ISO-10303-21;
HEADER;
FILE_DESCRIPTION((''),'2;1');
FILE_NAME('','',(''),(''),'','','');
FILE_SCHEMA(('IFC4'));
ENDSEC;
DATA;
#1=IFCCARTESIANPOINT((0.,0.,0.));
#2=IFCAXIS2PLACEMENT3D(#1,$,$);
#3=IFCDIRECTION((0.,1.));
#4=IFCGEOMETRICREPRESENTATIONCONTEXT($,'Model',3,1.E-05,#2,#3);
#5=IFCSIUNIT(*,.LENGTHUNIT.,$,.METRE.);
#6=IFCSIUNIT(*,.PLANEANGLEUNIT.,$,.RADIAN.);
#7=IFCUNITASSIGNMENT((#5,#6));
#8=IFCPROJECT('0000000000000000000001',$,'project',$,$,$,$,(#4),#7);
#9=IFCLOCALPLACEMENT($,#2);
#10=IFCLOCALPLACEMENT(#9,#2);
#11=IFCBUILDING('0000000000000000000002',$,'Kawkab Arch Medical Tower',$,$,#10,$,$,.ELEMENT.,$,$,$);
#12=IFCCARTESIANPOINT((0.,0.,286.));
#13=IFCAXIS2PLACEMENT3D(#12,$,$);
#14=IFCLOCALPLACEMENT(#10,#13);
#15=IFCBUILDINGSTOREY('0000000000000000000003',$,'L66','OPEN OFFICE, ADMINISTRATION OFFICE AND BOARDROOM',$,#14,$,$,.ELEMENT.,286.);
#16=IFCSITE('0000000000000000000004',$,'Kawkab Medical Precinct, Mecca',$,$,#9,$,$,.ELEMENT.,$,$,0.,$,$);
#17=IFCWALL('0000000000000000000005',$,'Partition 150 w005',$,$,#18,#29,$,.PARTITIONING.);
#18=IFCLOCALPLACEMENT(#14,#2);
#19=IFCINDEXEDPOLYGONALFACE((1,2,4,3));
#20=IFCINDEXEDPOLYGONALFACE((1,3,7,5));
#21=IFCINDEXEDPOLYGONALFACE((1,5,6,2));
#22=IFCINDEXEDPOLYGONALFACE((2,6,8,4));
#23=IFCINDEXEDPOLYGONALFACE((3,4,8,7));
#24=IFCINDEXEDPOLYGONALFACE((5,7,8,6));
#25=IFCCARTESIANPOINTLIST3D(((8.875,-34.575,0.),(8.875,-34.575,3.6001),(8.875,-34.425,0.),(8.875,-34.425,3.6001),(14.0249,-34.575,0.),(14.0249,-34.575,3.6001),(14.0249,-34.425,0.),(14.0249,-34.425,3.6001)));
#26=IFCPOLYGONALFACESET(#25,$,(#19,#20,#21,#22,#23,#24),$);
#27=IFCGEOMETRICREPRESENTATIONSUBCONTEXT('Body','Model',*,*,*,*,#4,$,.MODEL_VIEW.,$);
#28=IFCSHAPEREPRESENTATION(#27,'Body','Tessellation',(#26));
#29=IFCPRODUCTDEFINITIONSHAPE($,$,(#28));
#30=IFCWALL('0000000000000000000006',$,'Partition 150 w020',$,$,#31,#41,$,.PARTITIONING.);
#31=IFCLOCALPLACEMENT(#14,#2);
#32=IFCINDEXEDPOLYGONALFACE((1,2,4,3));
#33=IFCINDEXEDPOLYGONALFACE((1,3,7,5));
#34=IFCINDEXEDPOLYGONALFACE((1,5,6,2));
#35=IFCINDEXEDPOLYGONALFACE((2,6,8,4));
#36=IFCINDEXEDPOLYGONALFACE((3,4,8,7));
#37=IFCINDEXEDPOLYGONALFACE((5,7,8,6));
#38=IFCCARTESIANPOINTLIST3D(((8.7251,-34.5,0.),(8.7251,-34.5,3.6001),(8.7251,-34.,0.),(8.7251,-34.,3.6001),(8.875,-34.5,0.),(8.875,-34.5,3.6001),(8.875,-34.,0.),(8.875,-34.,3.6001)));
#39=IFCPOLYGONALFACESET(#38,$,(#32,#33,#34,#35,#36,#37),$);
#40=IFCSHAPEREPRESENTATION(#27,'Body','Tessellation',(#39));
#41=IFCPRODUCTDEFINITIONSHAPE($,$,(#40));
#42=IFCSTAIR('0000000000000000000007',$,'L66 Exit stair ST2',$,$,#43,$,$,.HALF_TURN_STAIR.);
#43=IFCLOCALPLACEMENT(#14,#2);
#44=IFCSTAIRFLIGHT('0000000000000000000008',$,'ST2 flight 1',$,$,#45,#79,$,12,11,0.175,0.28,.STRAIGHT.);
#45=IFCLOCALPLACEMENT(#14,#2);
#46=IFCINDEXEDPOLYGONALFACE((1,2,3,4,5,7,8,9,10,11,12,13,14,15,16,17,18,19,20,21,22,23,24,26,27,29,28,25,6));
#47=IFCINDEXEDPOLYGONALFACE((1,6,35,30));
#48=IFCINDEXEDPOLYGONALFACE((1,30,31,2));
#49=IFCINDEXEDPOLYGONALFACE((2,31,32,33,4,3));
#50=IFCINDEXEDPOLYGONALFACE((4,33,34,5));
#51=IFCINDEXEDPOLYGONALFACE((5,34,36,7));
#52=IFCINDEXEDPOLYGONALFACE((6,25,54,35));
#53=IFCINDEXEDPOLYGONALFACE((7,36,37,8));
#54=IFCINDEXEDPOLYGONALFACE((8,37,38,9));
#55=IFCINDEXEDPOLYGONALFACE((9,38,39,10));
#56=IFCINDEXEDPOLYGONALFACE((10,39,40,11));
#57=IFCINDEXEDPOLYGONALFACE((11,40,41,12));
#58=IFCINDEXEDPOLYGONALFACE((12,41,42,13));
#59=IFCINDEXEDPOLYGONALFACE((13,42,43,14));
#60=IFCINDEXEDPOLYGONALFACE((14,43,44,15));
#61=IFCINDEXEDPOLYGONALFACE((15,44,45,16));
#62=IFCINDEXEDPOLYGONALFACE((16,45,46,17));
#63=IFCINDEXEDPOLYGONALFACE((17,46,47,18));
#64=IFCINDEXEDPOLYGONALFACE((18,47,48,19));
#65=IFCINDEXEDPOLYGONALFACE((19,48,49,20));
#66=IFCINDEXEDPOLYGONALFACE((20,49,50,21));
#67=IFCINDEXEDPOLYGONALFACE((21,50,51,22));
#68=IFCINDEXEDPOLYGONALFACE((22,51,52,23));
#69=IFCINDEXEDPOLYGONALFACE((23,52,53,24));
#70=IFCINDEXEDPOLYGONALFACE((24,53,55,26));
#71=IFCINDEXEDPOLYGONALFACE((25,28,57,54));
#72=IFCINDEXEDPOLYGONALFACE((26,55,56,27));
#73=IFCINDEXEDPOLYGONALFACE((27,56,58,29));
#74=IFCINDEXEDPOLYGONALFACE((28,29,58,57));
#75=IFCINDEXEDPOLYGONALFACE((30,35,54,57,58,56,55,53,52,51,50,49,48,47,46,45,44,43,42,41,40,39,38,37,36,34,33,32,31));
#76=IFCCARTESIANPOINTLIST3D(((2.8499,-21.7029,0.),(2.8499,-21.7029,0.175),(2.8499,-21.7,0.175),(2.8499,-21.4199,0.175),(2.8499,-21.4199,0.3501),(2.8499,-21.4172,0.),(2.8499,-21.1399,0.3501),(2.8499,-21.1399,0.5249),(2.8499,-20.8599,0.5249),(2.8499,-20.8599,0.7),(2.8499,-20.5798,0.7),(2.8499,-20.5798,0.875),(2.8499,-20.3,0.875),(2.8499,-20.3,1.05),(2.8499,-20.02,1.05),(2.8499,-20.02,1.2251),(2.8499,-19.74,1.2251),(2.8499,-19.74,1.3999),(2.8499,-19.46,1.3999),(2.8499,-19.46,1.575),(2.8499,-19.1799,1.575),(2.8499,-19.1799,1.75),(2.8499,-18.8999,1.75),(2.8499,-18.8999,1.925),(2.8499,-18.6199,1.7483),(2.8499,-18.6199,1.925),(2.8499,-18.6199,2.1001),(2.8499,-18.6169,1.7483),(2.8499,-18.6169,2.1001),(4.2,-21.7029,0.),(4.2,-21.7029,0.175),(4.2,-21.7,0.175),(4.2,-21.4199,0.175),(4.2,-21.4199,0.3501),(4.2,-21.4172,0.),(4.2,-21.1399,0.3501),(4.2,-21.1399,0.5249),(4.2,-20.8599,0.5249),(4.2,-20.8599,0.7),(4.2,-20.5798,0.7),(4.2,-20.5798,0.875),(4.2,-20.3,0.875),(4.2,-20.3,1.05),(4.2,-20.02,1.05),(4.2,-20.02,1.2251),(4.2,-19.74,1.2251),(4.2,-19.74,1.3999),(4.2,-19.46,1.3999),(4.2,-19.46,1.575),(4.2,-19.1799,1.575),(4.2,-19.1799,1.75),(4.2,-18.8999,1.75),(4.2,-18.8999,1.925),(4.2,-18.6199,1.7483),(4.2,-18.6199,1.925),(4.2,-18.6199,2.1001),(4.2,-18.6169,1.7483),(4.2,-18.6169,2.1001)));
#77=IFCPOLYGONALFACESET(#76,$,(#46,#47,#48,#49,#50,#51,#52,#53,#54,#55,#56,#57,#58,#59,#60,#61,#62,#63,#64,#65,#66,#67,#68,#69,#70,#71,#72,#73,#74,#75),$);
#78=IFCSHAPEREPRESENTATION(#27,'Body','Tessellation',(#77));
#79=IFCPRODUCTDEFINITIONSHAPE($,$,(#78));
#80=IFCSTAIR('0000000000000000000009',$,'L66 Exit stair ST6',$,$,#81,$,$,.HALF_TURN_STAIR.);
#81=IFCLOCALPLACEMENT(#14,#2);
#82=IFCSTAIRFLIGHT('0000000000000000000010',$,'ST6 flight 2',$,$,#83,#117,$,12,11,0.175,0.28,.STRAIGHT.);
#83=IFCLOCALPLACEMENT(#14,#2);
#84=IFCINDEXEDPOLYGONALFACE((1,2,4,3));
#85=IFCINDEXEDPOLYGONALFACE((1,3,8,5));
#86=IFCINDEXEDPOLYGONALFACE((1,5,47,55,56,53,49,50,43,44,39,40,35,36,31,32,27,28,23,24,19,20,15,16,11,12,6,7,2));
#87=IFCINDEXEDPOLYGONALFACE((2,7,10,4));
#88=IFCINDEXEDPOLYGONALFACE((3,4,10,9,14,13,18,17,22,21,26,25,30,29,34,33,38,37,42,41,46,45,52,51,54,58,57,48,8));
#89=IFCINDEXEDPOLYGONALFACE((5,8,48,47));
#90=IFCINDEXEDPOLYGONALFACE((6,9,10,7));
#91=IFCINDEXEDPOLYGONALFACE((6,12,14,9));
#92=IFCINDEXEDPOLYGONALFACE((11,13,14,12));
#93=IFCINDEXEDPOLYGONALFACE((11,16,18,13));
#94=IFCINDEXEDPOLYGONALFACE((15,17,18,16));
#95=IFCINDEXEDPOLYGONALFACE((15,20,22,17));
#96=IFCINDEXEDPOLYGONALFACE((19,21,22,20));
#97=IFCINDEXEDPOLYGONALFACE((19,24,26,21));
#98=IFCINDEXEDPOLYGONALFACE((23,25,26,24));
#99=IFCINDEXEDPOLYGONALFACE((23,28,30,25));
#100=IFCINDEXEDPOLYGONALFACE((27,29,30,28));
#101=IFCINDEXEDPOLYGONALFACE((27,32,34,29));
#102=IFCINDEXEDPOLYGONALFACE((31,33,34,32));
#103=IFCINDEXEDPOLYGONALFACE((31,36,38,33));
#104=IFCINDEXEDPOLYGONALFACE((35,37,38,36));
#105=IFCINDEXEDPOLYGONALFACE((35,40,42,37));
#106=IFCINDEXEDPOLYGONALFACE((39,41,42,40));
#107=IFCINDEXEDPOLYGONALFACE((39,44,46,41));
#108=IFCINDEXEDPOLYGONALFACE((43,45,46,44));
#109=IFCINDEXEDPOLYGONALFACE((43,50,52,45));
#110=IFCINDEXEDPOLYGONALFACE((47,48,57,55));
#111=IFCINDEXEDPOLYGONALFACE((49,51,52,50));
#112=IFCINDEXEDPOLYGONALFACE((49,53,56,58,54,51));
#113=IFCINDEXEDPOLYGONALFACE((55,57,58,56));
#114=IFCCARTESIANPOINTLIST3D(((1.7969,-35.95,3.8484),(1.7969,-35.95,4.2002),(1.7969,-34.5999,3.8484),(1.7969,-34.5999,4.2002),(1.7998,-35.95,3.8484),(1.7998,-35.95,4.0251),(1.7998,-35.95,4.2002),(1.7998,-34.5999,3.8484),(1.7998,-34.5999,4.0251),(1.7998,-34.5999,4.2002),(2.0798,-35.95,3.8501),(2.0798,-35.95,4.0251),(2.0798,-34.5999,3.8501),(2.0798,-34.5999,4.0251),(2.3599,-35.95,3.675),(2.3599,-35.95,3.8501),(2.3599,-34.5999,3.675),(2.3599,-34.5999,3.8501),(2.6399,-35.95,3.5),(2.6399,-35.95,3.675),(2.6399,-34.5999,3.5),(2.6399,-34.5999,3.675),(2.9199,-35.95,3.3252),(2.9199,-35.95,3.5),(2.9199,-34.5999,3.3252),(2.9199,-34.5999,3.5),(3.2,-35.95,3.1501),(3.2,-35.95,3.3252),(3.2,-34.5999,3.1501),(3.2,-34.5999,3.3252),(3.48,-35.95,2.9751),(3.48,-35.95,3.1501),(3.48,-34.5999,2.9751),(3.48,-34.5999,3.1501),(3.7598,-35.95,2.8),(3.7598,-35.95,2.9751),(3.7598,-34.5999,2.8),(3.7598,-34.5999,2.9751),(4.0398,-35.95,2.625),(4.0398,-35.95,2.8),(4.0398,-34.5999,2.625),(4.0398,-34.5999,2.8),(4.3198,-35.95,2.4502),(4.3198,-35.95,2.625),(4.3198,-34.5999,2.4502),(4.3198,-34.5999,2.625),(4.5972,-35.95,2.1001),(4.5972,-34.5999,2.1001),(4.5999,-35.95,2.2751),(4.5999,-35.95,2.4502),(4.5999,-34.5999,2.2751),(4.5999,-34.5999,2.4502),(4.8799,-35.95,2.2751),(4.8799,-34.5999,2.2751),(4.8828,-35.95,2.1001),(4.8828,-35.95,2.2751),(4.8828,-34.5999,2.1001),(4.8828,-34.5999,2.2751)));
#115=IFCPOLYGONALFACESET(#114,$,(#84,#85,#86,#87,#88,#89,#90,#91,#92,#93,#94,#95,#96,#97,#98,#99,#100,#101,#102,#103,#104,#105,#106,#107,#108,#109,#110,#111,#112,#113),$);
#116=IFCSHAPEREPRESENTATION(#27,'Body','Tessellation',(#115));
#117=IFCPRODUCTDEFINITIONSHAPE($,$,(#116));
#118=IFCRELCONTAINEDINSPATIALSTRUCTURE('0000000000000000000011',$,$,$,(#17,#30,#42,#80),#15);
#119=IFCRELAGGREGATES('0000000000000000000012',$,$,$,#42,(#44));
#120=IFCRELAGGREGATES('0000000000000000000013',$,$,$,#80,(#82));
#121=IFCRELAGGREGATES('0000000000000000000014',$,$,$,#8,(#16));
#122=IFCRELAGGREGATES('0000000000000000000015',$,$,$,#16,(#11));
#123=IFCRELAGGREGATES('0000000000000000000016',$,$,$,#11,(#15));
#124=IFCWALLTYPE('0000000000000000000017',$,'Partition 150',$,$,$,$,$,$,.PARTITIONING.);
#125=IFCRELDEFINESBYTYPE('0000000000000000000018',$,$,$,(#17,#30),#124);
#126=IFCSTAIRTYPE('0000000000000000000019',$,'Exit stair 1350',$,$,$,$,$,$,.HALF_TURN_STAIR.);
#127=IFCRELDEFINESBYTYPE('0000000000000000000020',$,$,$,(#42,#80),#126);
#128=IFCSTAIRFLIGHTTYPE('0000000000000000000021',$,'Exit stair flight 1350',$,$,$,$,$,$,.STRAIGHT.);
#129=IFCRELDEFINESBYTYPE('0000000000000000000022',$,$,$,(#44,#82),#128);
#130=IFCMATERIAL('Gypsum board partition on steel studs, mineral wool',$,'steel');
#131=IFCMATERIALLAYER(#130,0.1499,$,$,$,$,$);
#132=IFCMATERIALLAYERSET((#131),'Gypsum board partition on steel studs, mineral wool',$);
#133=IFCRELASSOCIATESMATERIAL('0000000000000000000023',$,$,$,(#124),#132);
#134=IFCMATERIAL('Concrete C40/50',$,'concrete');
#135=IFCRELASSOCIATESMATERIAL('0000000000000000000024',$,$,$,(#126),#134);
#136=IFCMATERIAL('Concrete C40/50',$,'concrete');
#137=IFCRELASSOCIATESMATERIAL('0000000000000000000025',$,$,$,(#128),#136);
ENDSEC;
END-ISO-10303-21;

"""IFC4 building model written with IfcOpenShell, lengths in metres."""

from ifc_helpers import new_model, si_unit, direction, frame, frame_2d, origin, place, context, subcontext, project, spatial, polyline, rectangle, outline, extrude, material, layer, layer_set, type_object, element, aggregate, save


model = new_model("IFC4")

# Units and contexts
model_context = context("Model", 3, precision=1e-05, world=origin(), true_north=direction((0.0, 1.0)))
body_context = subcontext(model_context, "Body", "Model", "MODEL_VIEW")
ifc_project = project(units=[si_unit("LENGTHUNIT", "METRE"), si_unit("PLANEANGLEUNIT", "RADIAN")], contexts=[model_context])

# Site, building, storey
site_placement = place(None, origin())
site = spatial("IfcSite", under=ifc_project, at=site_placement, Name="Kawkab Medical Precinct, Mecca", CompositionType="ELEMENT", RefElevation=0.0)
building_placement = place(site_placement, origin())
building = spatial("IfcBuilding", under=site, at=building_placement, Name="Kawkab Arch Medical Tower", CompositionType="ELEMENT")
storey_placement = place(building_placement, frame((0.0, 0.0, 286.0)))
storey = spatial("IfcBuildingStorey", under=building, at=storey_placement, Name="L66", Description="OPEN OFFICE, ADMINISTRATION OFFICE AND BOARDROOM", CompositionType="ELEMENT", Elevation=286.0)

# Walls
ifc_material_1 = material(Name="Gypsum board partition on steel studs, mineral wool", Category="steel")
ifc_layer_1 = layer(ifc_material_1, 0.1499)
ifc_layer_set_1 = layer_set([ifc_layer_1], Name="Gypsum board partition on steel studs, mineral wool")
wall_type_1 = type_object("IfcWallType", Name="Partition 150", PredefinedType="PARTITIONING", material=ifc_layer_set_1)
wall_1_placement = place(storey_placement, frame((8.875, -34.5, 0.0), z_axis=(0.0, 0.0, 1.0), x_axis=(1.0, 0.0, 0.0)))
element("IfcWall", 1, at=wall_1_placement, inside=storey, type_object=wall_type_1, Name="Partition 150 w005", PredefinedType="PARTITIONING", context=body_context, shape_type="SweptSolid", body=[
    extrude(rectangle(XDim=5.1499, YDim=0.1499, at=frame_2d((2.575, 0.0))), origin(), (0.0, 0.0, 1.0), 3.6001),
])
wall_2_placement = place(storey_placement, frame((8.8, -34.5, 0.0), z_axis=(0.0, 0.0, 1.0), x_axis=(0.0, 1.0, 0.0)))
element("IfcWall", 2, at=wall_2_placement, inside=storey, type_object=wall_type_1, Name="Partition 150 w020", PredefinedType="PARTITIONING", context=body_context, shape_type="SweptSolid", body=[
    extrude(rectangle(XDim=0.5, YDim=0.1499, at=frame_2d((0.25, 0.0))), origin(), (0.0, 0.0, 1.0), 3.6001),
])

# Stairs, stair flights
ifc_material_2 = material(Name="Concrete C40/50", Category="concrete")
stair_type = type_object("IfcStairType", Name="Exit stair 1350", PredefinedType="HALF_TURN_STAIR", material=ifc_material_2)
placement = place(storey_placement, origin())
stair_1 = element("IfcStair", 3, at=placement, inside=storey, type_object=stair_type, Name="L66 Exit stair ST2", PredefinedType="HALF_TURN_STAIR")
ifc_material_3 = material(Name="Concrete C40/50", Category="concrete")
stair_flight_type = type_object("IfcStairFlightType", Name="Exit stair flight 1350", PredefinedType="STRAIGHT", material=ifc_material_3)
stair_flight_1_placement = place(storey_placement, frame((3.5249, -21.7, 0.0), z_axis=(0.0, 0.0, 1.0), x_axis=(0.0, 1.0, 0.0)))
stair_flight_1 = element("IfcStairFlight", 4, at=stair_flight_1_placement, type_object=stair_flight_type, Name="ST2 flight 1", NumberOfRisers=12, NumberOfTreads=11, PredefinedType="STRAIGHT", RiserHeight=0.175, TreadLength=0.28, context=body_context, shape_type="SweptSolid", body=[
    extrude(outline(polyline([(-0.0029, 0.0), (-0.0029, 0.175), (0.0, 0.175), (0.28, 0.175), (0.28, 0.3501), (0.5601, 0.3501), (0.5601, 0.5249), (0.8401, 0.5249), (0.8401, 0.7), (1.1201, 0.7), (1.1201, 0.875), (1.3999, 0.875), (1.3999, 1.05), (1.6799, 1.05), (1.6799, 1.2251), (1.96, 1.2251), (1.96, 1.3999), (2.24, 1.3999), (2.24, 1.575), (2.52, 1.575), (2.52, 1.75), (2.8, 1.75), (2.8, 1.925), (3.0801, 1.925), (3.0801, 2.1001), (3.083, 2.1001), (3.083, 1.7483), (3.0801, 1.7483), (0.2827, 0.0), (-0.0029, 0.0)])), frame((0.0, 0.675, 0.0), z_axis=(0.0, -1.0, 0.0), x_axis=(1.0, 0.0, 0.0)), (0.0, 0.0, 1.0), 1.3501),
])
aggregate(stair_1, [stair_flight_1])
stair_2 = element("IfcStair", 5, at=placement, inside=storey, type_object=stair_type, Name="L66 Exit stair ST6", PredefinedType="HALF_TURN_STAIR")
stair_flight_2_placement = place(storey_placement, frame((4.8799, -35.2749, 2.1001), z_axis=(0.0, 0.0, 1.0), x_axis=(-1.0, 0.0, 0.0)))
stair_flight_2 = element("IfcStairFlight", 6, at=stair_flight_2_placement, type_object=stair_flight_type, Name="ST6 flight 2", NumberOfRisers=12, NumberOfTreads=11, PredefinedType="STRAIGHT", RiserHeight=0.175, TreadLength=0.28, context=body_context, shape_type="SweptSolid", body=[
    extrude(outline(polyline([(-0.0029, 0.0), (-0.0029, 0.175), (0.0, 0.175), (0.28, 0.175), (0.28, 0.3501), (0.5601, 0.3501), (0.5601, 0.5249), (0.8401, 0.5249), (0.8401, 0.7), (1.1201, 0.7), (1.1201, 0.875), (1.3999, 0.875), (1.3999, 1.05), (1.6799, 1.05), (1.6799, 1.2251), (1.96, 1.2251), (1.96, 1.3999), (2.24, 1.3999), (2.24, 1.575), (2.52, 1.575), (2.52, 1.75), (2.8, 1.75), (2.8, 1.925), (3.0801, 1.925), (3.0801, 2.1001), (3.083, 2.1001), (3.083, 1.7483), (3.0801, 1.7483), (0.2827, 0.0), (-0.0029, 0.0)])), frame((0.0, 0.675, 0.0), z_axis=(0.0, -1.0, 0.0), x_axis=(1.0, 0.0, 0.0)), (0.0, 0.0, 1.0), 1.3501),
])
aggregate(stair_2, [stair_flight_2])

save(model, "model.ifc")
